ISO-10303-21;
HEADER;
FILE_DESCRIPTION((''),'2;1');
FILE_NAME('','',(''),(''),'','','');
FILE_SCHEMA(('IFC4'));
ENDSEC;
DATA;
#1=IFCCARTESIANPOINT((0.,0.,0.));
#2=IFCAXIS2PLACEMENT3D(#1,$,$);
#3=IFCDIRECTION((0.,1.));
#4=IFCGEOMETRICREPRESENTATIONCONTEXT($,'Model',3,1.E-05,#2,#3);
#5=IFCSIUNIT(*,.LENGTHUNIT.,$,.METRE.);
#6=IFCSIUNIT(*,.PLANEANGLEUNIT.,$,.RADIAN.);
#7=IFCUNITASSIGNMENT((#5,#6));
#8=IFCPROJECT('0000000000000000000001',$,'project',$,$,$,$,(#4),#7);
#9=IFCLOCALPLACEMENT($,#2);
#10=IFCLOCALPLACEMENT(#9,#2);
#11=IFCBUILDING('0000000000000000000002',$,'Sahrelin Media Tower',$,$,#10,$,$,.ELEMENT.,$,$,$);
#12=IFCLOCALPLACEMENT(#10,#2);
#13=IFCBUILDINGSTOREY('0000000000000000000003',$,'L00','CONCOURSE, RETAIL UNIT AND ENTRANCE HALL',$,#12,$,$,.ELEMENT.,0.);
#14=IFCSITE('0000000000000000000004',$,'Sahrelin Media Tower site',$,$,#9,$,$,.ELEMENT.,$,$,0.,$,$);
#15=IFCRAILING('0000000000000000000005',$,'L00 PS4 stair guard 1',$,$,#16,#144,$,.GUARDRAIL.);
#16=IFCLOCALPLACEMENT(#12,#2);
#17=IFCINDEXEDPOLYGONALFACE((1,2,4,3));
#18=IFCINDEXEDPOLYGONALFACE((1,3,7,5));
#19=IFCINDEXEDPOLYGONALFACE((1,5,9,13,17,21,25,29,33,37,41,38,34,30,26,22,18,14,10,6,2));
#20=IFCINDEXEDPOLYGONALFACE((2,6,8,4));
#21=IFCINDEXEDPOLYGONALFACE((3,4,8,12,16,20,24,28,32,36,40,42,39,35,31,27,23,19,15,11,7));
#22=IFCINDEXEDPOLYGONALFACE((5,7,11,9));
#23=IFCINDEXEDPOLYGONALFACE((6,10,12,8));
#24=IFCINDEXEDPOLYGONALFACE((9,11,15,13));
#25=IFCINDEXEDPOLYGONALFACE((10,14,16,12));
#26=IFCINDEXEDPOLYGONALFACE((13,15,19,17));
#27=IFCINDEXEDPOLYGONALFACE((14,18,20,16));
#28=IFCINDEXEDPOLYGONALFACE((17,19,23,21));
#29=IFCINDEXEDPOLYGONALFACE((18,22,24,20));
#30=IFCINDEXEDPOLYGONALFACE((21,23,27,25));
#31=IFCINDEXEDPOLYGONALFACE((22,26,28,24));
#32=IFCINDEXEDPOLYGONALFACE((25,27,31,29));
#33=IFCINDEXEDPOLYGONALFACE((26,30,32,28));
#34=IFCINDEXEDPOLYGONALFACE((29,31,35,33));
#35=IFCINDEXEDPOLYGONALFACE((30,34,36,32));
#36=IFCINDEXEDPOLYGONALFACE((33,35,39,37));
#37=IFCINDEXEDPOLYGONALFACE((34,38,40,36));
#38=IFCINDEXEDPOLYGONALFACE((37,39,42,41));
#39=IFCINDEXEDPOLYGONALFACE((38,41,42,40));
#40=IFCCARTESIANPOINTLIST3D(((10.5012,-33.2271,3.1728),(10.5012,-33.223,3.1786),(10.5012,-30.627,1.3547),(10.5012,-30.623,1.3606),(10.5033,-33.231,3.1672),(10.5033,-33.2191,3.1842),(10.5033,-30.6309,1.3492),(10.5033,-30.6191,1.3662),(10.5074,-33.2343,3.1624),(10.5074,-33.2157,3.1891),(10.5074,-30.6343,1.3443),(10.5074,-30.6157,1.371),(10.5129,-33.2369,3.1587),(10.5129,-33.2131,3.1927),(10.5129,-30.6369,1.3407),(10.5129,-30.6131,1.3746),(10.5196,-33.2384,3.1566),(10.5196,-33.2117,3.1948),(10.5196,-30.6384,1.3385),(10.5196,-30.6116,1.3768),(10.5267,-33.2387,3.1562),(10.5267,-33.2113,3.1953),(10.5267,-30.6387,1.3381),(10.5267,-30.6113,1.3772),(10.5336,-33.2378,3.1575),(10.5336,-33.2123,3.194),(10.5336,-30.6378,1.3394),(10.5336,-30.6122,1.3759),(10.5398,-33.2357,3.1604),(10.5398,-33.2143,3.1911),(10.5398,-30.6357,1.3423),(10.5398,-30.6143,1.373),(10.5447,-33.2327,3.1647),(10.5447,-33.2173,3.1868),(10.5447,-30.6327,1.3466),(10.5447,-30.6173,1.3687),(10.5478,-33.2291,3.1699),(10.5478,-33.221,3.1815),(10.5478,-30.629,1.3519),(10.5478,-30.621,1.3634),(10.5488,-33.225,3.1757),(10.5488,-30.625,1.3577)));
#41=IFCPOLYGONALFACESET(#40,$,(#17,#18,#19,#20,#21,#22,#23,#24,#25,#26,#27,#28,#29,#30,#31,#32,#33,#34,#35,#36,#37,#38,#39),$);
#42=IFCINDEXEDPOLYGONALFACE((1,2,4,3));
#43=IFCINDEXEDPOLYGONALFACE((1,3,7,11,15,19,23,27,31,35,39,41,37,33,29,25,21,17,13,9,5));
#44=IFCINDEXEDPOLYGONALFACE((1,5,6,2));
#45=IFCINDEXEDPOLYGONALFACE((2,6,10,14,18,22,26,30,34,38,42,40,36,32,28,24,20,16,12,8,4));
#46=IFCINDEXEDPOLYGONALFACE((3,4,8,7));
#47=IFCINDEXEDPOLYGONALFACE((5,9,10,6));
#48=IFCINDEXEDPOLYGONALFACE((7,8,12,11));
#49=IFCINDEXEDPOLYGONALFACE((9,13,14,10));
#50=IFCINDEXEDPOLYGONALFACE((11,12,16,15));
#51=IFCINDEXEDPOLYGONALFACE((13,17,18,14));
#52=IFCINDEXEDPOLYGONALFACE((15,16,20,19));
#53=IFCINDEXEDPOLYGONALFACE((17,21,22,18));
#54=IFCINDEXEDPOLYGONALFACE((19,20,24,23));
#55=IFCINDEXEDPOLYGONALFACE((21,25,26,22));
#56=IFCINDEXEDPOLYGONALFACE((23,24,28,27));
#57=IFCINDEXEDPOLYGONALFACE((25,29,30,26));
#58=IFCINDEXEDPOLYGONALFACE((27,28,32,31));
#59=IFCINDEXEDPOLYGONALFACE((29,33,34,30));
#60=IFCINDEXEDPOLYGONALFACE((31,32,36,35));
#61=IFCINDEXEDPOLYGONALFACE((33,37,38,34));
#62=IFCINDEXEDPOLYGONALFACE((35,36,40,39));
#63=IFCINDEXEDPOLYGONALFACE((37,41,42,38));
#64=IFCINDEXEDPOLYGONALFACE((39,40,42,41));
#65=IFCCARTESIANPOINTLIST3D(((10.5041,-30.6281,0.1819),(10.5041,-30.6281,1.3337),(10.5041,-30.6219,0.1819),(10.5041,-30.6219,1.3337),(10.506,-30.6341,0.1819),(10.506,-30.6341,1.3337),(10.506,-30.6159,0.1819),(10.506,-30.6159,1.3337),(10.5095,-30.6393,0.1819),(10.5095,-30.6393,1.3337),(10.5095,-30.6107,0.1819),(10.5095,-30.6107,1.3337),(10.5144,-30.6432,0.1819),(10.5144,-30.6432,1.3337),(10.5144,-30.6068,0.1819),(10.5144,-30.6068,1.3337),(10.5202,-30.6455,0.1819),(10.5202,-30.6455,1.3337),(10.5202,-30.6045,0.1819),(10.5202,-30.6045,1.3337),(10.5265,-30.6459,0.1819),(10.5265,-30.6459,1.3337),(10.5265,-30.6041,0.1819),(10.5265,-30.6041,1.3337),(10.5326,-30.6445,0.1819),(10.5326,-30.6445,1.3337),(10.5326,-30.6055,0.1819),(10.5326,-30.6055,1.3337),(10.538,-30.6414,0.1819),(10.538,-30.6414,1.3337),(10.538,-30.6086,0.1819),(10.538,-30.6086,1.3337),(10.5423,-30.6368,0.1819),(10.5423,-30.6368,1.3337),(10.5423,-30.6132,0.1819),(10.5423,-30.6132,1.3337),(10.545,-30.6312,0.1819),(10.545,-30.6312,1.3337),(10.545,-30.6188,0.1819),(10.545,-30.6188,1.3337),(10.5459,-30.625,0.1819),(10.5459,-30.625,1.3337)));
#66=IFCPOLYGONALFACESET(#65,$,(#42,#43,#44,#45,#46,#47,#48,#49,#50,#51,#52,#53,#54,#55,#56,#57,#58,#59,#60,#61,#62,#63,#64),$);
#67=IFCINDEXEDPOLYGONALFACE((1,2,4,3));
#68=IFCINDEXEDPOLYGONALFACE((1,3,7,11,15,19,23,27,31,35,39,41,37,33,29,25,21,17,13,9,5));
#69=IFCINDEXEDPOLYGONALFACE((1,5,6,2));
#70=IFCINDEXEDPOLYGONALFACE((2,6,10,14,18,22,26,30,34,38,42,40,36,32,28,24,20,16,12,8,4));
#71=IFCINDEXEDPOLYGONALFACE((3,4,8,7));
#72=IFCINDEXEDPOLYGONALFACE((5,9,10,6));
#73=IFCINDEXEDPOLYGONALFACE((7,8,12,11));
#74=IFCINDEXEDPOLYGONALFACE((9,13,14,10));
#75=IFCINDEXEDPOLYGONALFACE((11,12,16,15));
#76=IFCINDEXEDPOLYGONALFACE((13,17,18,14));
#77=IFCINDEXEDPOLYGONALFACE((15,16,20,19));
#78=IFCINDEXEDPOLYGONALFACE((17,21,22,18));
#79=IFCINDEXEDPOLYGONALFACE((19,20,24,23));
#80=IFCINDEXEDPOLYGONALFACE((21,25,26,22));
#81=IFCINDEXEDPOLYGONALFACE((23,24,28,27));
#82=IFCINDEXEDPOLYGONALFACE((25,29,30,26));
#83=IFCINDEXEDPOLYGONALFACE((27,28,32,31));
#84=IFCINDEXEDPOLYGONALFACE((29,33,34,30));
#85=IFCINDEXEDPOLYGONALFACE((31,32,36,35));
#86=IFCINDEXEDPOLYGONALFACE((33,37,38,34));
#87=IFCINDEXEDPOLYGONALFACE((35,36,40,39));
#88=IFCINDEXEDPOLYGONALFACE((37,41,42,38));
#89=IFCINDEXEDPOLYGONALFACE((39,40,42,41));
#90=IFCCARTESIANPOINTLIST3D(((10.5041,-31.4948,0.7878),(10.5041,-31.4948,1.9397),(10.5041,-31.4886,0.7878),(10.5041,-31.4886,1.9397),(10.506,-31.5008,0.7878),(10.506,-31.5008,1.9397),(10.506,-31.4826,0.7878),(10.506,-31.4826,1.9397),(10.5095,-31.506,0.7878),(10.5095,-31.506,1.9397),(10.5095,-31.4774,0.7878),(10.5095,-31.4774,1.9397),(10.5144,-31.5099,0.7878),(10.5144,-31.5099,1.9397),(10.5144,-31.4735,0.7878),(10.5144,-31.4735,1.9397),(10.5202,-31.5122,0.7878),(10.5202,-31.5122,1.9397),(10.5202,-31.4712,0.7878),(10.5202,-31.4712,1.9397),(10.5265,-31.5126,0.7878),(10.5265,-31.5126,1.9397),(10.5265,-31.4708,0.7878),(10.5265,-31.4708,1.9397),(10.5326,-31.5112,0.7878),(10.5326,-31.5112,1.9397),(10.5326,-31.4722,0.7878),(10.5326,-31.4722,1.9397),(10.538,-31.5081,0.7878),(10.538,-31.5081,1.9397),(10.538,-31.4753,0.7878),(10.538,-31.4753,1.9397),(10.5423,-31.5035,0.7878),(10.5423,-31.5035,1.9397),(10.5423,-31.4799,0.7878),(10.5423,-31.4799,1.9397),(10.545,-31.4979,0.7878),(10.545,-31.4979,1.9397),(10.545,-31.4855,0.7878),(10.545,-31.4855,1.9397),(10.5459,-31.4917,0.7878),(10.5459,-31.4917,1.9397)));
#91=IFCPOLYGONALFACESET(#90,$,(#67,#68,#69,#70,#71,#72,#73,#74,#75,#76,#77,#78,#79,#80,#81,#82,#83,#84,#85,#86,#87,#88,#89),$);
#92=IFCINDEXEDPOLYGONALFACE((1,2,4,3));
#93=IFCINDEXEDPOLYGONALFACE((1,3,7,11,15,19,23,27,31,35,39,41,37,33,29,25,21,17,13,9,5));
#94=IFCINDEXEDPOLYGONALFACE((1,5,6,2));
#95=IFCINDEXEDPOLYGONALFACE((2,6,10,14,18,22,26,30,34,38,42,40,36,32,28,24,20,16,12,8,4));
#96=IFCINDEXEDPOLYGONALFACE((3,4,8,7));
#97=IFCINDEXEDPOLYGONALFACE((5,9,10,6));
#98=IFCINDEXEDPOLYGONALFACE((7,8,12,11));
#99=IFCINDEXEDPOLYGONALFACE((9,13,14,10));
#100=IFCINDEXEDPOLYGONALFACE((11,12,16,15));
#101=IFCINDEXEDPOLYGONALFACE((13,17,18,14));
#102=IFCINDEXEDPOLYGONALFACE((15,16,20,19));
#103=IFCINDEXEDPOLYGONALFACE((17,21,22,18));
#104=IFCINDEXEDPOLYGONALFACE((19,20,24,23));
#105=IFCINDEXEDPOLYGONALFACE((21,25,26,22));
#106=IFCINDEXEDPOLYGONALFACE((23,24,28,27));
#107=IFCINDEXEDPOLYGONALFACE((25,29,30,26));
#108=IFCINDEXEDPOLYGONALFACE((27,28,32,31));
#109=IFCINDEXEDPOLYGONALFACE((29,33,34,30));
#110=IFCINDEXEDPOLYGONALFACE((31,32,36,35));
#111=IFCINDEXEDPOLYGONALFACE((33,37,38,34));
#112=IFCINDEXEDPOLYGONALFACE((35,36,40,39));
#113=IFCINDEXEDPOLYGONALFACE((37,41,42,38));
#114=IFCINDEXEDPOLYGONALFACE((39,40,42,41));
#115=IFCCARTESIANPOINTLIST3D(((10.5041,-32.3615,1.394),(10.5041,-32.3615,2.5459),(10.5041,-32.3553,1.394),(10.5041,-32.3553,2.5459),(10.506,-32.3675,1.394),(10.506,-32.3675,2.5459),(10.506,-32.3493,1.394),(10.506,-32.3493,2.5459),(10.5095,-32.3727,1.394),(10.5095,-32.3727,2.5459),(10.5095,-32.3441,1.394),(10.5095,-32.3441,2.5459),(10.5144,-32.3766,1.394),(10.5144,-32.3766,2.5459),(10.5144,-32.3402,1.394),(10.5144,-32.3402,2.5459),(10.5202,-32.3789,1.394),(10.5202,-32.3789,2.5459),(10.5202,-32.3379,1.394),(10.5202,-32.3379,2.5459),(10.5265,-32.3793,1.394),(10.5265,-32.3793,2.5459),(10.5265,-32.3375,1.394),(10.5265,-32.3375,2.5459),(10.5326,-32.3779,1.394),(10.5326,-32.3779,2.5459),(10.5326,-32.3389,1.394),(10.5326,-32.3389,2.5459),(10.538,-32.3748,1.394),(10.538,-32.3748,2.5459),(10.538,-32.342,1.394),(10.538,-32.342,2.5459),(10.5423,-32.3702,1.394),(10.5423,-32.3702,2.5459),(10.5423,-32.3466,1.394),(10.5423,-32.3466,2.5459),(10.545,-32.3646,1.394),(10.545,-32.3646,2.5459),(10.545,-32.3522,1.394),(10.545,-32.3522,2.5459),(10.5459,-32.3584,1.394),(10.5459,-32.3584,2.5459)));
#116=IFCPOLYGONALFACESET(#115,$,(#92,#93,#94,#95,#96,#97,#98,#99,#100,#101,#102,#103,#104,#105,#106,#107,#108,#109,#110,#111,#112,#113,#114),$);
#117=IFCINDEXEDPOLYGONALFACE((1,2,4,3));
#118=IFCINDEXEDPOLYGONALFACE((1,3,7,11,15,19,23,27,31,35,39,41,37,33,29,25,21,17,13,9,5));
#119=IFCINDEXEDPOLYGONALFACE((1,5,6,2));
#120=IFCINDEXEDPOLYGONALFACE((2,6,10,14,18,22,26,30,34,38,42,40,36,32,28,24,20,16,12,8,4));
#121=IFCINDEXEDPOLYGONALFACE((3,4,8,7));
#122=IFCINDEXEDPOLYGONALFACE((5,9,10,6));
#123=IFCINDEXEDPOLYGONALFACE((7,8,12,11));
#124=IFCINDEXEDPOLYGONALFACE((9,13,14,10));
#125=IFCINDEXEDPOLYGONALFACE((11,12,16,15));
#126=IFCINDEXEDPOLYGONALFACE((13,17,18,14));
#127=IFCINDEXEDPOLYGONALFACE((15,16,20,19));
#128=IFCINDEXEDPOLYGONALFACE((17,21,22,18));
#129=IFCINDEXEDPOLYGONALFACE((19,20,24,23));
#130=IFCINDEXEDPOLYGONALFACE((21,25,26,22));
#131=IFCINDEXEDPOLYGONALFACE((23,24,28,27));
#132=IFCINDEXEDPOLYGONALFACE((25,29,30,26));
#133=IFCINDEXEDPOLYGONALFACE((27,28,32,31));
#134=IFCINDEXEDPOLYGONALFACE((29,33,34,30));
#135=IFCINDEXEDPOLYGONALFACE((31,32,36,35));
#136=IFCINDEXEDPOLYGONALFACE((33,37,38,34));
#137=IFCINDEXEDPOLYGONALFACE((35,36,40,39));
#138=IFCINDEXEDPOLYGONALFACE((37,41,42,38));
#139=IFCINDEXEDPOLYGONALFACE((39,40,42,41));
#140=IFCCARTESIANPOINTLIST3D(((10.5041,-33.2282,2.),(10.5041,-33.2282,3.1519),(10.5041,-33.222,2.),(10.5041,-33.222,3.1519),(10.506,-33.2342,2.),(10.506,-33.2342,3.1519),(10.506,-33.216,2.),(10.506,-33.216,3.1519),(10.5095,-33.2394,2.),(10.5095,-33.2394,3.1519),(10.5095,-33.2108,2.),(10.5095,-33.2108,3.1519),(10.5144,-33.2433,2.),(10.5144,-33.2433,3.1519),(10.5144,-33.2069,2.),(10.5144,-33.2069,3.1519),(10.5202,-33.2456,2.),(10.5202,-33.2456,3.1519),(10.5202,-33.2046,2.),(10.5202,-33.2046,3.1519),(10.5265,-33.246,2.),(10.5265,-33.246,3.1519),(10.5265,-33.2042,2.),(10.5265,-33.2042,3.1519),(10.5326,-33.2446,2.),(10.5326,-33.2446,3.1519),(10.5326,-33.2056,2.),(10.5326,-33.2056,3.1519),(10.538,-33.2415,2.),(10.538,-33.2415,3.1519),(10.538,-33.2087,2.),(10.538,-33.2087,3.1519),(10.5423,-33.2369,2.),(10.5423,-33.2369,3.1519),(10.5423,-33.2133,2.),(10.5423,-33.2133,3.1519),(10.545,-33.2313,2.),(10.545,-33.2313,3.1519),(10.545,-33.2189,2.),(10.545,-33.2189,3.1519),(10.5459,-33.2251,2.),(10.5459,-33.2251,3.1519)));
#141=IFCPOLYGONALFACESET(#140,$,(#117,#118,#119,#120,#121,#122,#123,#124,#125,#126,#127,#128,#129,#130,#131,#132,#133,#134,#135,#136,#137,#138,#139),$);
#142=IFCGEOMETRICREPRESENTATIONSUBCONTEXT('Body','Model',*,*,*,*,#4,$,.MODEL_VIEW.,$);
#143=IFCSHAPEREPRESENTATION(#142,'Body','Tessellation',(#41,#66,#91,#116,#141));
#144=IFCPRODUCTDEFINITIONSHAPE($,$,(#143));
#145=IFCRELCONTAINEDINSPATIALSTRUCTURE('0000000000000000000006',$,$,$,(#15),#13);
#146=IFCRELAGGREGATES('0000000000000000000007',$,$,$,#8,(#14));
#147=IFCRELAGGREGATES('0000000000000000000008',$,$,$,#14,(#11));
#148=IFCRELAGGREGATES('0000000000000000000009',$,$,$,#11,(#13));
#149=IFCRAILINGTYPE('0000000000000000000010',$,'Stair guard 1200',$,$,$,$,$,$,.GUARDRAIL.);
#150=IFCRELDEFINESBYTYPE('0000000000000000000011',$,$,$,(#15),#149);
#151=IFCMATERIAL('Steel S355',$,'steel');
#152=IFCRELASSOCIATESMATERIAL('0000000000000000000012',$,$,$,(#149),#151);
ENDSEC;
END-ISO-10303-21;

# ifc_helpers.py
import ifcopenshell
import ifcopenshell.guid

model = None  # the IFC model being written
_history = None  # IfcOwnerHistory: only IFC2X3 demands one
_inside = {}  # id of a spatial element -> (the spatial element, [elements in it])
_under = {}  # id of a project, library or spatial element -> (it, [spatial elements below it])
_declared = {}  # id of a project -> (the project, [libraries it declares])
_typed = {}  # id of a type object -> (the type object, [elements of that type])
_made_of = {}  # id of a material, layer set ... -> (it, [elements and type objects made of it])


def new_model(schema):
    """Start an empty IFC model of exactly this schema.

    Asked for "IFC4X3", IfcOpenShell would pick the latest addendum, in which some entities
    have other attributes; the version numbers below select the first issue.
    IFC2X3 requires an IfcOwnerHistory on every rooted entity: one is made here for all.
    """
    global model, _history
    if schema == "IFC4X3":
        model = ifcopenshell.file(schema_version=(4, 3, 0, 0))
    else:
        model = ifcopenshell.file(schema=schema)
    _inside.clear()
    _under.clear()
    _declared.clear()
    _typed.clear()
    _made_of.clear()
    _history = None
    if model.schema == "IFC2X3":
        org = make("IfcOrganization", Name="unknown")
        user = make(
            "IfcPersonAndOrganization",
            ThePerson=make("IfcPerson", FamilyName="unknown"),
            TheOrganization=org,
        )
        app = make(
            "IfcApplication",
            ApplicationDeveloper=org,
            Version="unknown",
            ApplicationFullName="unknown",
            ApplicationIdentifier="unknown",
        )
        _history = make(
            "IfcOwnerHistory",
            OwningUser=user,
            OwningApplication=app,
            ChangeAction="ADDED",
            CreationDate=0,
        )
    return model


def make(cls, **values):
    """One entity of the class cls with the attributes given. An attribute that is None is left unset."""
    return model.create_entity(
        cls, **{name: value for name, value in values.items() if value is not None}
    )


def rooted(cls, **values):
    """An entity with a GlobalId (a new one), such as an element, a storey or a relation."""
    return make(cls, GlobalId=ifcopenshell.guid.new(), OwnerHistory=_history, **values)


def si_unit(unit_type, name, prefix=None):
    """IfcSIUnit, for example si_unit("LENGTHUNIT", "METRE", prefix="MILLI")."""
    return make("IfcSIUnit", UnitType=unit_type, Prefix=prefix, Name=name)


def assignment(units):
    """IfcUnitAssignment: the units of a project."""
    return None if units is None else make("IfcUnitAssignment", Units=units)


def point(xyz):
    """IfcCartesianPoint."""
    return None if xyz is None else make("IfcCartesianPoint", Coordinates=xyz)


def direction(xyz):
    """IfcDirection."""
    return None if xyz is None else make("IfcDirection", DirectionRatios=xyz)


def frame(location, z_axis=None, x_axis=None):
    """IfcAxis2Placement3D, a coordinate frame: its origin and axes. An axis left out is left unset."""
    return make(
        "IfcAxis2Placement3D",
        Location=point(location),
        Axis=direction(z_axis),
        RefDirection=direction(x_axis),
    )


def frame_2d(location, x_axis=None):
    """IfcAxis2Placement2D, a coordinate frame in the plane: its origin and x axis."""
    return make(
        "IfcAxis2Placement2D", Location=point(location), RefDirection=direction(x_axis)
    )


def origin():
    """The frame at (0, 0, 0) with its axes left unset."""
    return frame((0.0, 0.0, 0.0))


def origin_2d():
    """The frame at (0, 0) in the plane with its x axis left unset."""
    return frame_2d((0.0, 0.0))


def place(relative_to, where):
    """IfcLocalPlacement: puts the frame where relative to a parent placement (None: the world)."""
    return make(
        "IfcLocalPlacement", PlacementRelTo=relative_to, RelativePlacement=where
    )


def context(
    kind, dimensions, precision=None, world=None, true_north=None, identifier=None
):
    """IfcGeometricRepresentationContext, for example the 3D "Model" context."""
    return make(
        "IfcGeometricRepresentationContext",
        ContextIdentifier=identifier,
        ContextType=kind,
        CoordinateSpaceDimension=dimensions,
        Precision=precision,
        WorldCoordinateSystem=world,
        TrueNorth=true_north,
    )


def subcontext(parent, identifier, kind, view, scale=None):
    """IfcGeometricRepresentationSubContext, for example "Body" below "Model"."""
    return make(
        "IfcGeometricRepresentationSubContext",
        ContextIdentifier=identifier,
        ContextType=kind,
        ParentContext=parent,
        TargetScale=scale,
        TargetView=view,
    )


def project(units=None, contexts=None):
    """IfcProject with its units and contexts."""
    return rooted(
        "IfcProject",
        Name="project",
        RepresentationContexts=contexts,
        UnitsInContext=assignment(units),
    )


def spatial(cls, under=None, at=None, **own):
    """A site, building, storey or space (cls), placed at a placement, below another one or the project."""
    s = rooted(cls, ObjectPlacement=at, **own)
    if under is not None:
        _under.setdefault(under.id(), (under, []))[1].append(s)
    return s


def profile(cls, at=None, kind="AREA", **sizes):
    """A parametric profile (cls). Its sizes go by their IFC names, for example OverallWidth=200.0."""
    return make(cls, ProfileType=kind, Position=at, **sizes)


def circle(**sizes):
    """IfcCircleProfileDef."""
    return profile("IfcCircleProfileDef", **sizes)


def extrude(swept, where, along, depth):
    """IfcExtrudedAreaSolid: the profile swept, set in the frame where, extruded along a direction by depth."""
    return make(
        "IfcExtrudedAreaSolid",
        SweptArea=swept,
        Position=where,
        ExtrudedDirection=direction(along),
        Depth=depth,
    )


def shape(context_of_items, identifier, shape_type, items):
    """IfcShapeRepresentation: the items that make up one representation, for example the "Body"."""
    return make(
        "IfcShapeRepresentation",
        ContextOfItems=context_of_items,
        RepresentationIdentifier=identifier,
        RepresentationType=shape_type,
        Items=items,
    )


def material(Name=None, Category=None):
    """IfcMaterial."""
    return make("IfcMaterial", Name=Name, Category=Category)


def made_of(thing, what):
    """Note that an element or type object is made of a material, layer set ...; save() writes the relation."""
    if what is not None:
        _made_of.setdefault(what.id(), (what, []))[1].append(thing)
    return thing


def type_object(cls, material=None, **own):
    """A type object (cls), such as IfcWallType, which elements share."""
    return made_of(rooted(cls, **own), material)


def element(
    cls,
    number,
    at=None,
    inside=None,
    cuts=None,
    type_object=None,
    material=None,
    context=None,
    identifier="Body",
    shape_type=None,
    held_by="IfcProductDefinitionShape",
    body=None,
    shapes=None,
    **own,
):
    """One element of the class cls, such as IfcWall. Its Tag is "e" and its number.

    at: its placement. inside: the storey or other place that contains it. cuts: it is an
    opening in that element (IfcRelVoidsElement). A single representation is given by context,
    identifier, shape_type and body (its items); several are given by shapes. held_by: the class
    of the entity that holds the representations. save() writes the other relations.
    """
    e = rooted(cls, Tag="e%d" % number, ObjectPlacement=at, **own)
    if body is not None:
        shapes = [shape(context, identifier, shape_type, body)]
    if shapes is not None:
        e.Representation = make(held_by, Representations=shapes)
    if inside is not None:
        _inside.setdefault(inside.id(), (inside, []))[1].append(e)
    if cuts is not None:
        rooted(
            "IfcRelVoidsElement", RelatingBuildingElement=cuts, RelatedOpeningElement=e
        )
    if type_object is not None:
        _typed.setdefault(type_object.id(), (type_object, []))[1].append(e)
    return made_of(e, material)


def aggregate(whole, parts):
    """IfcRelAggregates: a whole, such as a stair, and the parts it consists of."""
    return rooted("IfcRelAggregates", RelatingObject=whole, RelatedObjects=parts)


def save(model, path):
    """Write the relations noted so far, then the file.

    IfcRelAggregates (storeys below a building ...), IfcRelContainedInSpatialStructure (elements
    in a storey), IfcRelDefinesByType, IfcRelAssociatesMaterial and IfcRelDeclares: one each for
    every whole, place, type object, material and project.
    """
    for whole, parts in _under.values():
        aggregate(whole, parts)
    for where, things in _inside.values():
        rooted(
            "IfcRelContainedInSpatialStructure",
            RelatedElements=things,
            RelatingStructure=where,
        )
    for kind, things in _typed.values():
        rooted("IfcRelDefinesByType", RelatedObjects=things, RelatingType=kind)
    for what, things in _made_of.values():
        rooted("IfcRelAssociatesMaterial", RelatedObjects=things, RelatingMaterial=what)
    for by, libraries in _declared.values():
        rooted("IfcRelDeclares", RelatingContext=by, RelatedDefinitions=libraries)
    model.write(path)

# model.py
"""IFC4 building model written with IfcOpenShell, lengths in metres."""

from ifc_helpers import new_model, si_unit, direction, frame, origin, origin_2d, place, context, subcontext, project, spatial, circle, extrude, material, type_object, element, save


model = new_model("IFC4")

# Units and contexts
model_context = context("Model", 3, precision=1e-05, world=origin(), true_north=direction((0.0, 1.0)))
body_context = subcontext(model_context, "Body", "Model", "MODEL_VIEW")
ifc_project = project(units=[si_unit("LENGTHUNIT", "METRE"), si_unit("PLANEANGLEUNIT", "RADIAN")], contexts=[model_context])

# Site, building, storey
site_placement = place(None, origin())
site = spatial("IfcSite", under=ifc_project, at=site_placement, Name="Sahrelin Media Tower site", CompositionType="ELEMENT", RefElevation=0.0)
building_placement = place(site_placement, origin())
building = spatial("IfcBuilding", under=site, at=building_placement, Name="Sahrelin Media Tower", CompositionType="ELEMENT")
storey_placement = place(building_placement, origin())
storey = spatial("IfcBuildingStorey", under=building, at=storey_placement, Name="L00", Description="CONCOURSE, RETAIL UNIT AND ENTRANCE HALL", CompositionType="ELEMENT", Elevation=0.0)

# Shared definitions
ifc_material_1 = material(Name="Steel S355", Category="steel")

# Railing
railing_type_1 = type_object("IfcRailingType", Name="Stair guard 1200", PredefinedType="GUARDRAIL", material=ifc_material_1)
railing_1_placement = place(storey_placement, frame((10.5249, -30.625, 0.1819)))
element("IfcRailing", 1, at=railing_1_placement, inside=storey, type_object=railing_type_1, Name="L00 PS4 stair guard 1", PredefinedType="GUARDRAIL", context=body_context, shape_type="SweptSolid", body=[
    extrude(circle(Radius=0.0239, at=origin_2d()), frame((0.0, 0.0, 1.1758), z_axis=(0.0, -0.819521, 0.573049), x_axis=(1.0, 0.0, 0.0)), (0.0, 0.0, 1.0), 3.1726),
    extrude(circle(Radius=0.021, at=origin_2d()), origin(), (0.0, 0.0, 1.0), 1.1519),
    extrude(circle(Radius=0.021, at=origin_2d()), frame((0.0, -0.8667, 0.606)), (0.0, 0.0, 1.0), 1.1519),
    extrude(circle(Radius=0.021, at=origin_2d()), frame((0.0, -1.7334, 1.2122)), (0.0, 0.0, 1.0), 1.1519),
    extrude(circle(Radius=0.021, at=origin_2d()), frame((0.0, -2.6001, 1.8181)), (0.0, 0.0, 1.0), 1.1519),
])

save(model, "model.ifc")
